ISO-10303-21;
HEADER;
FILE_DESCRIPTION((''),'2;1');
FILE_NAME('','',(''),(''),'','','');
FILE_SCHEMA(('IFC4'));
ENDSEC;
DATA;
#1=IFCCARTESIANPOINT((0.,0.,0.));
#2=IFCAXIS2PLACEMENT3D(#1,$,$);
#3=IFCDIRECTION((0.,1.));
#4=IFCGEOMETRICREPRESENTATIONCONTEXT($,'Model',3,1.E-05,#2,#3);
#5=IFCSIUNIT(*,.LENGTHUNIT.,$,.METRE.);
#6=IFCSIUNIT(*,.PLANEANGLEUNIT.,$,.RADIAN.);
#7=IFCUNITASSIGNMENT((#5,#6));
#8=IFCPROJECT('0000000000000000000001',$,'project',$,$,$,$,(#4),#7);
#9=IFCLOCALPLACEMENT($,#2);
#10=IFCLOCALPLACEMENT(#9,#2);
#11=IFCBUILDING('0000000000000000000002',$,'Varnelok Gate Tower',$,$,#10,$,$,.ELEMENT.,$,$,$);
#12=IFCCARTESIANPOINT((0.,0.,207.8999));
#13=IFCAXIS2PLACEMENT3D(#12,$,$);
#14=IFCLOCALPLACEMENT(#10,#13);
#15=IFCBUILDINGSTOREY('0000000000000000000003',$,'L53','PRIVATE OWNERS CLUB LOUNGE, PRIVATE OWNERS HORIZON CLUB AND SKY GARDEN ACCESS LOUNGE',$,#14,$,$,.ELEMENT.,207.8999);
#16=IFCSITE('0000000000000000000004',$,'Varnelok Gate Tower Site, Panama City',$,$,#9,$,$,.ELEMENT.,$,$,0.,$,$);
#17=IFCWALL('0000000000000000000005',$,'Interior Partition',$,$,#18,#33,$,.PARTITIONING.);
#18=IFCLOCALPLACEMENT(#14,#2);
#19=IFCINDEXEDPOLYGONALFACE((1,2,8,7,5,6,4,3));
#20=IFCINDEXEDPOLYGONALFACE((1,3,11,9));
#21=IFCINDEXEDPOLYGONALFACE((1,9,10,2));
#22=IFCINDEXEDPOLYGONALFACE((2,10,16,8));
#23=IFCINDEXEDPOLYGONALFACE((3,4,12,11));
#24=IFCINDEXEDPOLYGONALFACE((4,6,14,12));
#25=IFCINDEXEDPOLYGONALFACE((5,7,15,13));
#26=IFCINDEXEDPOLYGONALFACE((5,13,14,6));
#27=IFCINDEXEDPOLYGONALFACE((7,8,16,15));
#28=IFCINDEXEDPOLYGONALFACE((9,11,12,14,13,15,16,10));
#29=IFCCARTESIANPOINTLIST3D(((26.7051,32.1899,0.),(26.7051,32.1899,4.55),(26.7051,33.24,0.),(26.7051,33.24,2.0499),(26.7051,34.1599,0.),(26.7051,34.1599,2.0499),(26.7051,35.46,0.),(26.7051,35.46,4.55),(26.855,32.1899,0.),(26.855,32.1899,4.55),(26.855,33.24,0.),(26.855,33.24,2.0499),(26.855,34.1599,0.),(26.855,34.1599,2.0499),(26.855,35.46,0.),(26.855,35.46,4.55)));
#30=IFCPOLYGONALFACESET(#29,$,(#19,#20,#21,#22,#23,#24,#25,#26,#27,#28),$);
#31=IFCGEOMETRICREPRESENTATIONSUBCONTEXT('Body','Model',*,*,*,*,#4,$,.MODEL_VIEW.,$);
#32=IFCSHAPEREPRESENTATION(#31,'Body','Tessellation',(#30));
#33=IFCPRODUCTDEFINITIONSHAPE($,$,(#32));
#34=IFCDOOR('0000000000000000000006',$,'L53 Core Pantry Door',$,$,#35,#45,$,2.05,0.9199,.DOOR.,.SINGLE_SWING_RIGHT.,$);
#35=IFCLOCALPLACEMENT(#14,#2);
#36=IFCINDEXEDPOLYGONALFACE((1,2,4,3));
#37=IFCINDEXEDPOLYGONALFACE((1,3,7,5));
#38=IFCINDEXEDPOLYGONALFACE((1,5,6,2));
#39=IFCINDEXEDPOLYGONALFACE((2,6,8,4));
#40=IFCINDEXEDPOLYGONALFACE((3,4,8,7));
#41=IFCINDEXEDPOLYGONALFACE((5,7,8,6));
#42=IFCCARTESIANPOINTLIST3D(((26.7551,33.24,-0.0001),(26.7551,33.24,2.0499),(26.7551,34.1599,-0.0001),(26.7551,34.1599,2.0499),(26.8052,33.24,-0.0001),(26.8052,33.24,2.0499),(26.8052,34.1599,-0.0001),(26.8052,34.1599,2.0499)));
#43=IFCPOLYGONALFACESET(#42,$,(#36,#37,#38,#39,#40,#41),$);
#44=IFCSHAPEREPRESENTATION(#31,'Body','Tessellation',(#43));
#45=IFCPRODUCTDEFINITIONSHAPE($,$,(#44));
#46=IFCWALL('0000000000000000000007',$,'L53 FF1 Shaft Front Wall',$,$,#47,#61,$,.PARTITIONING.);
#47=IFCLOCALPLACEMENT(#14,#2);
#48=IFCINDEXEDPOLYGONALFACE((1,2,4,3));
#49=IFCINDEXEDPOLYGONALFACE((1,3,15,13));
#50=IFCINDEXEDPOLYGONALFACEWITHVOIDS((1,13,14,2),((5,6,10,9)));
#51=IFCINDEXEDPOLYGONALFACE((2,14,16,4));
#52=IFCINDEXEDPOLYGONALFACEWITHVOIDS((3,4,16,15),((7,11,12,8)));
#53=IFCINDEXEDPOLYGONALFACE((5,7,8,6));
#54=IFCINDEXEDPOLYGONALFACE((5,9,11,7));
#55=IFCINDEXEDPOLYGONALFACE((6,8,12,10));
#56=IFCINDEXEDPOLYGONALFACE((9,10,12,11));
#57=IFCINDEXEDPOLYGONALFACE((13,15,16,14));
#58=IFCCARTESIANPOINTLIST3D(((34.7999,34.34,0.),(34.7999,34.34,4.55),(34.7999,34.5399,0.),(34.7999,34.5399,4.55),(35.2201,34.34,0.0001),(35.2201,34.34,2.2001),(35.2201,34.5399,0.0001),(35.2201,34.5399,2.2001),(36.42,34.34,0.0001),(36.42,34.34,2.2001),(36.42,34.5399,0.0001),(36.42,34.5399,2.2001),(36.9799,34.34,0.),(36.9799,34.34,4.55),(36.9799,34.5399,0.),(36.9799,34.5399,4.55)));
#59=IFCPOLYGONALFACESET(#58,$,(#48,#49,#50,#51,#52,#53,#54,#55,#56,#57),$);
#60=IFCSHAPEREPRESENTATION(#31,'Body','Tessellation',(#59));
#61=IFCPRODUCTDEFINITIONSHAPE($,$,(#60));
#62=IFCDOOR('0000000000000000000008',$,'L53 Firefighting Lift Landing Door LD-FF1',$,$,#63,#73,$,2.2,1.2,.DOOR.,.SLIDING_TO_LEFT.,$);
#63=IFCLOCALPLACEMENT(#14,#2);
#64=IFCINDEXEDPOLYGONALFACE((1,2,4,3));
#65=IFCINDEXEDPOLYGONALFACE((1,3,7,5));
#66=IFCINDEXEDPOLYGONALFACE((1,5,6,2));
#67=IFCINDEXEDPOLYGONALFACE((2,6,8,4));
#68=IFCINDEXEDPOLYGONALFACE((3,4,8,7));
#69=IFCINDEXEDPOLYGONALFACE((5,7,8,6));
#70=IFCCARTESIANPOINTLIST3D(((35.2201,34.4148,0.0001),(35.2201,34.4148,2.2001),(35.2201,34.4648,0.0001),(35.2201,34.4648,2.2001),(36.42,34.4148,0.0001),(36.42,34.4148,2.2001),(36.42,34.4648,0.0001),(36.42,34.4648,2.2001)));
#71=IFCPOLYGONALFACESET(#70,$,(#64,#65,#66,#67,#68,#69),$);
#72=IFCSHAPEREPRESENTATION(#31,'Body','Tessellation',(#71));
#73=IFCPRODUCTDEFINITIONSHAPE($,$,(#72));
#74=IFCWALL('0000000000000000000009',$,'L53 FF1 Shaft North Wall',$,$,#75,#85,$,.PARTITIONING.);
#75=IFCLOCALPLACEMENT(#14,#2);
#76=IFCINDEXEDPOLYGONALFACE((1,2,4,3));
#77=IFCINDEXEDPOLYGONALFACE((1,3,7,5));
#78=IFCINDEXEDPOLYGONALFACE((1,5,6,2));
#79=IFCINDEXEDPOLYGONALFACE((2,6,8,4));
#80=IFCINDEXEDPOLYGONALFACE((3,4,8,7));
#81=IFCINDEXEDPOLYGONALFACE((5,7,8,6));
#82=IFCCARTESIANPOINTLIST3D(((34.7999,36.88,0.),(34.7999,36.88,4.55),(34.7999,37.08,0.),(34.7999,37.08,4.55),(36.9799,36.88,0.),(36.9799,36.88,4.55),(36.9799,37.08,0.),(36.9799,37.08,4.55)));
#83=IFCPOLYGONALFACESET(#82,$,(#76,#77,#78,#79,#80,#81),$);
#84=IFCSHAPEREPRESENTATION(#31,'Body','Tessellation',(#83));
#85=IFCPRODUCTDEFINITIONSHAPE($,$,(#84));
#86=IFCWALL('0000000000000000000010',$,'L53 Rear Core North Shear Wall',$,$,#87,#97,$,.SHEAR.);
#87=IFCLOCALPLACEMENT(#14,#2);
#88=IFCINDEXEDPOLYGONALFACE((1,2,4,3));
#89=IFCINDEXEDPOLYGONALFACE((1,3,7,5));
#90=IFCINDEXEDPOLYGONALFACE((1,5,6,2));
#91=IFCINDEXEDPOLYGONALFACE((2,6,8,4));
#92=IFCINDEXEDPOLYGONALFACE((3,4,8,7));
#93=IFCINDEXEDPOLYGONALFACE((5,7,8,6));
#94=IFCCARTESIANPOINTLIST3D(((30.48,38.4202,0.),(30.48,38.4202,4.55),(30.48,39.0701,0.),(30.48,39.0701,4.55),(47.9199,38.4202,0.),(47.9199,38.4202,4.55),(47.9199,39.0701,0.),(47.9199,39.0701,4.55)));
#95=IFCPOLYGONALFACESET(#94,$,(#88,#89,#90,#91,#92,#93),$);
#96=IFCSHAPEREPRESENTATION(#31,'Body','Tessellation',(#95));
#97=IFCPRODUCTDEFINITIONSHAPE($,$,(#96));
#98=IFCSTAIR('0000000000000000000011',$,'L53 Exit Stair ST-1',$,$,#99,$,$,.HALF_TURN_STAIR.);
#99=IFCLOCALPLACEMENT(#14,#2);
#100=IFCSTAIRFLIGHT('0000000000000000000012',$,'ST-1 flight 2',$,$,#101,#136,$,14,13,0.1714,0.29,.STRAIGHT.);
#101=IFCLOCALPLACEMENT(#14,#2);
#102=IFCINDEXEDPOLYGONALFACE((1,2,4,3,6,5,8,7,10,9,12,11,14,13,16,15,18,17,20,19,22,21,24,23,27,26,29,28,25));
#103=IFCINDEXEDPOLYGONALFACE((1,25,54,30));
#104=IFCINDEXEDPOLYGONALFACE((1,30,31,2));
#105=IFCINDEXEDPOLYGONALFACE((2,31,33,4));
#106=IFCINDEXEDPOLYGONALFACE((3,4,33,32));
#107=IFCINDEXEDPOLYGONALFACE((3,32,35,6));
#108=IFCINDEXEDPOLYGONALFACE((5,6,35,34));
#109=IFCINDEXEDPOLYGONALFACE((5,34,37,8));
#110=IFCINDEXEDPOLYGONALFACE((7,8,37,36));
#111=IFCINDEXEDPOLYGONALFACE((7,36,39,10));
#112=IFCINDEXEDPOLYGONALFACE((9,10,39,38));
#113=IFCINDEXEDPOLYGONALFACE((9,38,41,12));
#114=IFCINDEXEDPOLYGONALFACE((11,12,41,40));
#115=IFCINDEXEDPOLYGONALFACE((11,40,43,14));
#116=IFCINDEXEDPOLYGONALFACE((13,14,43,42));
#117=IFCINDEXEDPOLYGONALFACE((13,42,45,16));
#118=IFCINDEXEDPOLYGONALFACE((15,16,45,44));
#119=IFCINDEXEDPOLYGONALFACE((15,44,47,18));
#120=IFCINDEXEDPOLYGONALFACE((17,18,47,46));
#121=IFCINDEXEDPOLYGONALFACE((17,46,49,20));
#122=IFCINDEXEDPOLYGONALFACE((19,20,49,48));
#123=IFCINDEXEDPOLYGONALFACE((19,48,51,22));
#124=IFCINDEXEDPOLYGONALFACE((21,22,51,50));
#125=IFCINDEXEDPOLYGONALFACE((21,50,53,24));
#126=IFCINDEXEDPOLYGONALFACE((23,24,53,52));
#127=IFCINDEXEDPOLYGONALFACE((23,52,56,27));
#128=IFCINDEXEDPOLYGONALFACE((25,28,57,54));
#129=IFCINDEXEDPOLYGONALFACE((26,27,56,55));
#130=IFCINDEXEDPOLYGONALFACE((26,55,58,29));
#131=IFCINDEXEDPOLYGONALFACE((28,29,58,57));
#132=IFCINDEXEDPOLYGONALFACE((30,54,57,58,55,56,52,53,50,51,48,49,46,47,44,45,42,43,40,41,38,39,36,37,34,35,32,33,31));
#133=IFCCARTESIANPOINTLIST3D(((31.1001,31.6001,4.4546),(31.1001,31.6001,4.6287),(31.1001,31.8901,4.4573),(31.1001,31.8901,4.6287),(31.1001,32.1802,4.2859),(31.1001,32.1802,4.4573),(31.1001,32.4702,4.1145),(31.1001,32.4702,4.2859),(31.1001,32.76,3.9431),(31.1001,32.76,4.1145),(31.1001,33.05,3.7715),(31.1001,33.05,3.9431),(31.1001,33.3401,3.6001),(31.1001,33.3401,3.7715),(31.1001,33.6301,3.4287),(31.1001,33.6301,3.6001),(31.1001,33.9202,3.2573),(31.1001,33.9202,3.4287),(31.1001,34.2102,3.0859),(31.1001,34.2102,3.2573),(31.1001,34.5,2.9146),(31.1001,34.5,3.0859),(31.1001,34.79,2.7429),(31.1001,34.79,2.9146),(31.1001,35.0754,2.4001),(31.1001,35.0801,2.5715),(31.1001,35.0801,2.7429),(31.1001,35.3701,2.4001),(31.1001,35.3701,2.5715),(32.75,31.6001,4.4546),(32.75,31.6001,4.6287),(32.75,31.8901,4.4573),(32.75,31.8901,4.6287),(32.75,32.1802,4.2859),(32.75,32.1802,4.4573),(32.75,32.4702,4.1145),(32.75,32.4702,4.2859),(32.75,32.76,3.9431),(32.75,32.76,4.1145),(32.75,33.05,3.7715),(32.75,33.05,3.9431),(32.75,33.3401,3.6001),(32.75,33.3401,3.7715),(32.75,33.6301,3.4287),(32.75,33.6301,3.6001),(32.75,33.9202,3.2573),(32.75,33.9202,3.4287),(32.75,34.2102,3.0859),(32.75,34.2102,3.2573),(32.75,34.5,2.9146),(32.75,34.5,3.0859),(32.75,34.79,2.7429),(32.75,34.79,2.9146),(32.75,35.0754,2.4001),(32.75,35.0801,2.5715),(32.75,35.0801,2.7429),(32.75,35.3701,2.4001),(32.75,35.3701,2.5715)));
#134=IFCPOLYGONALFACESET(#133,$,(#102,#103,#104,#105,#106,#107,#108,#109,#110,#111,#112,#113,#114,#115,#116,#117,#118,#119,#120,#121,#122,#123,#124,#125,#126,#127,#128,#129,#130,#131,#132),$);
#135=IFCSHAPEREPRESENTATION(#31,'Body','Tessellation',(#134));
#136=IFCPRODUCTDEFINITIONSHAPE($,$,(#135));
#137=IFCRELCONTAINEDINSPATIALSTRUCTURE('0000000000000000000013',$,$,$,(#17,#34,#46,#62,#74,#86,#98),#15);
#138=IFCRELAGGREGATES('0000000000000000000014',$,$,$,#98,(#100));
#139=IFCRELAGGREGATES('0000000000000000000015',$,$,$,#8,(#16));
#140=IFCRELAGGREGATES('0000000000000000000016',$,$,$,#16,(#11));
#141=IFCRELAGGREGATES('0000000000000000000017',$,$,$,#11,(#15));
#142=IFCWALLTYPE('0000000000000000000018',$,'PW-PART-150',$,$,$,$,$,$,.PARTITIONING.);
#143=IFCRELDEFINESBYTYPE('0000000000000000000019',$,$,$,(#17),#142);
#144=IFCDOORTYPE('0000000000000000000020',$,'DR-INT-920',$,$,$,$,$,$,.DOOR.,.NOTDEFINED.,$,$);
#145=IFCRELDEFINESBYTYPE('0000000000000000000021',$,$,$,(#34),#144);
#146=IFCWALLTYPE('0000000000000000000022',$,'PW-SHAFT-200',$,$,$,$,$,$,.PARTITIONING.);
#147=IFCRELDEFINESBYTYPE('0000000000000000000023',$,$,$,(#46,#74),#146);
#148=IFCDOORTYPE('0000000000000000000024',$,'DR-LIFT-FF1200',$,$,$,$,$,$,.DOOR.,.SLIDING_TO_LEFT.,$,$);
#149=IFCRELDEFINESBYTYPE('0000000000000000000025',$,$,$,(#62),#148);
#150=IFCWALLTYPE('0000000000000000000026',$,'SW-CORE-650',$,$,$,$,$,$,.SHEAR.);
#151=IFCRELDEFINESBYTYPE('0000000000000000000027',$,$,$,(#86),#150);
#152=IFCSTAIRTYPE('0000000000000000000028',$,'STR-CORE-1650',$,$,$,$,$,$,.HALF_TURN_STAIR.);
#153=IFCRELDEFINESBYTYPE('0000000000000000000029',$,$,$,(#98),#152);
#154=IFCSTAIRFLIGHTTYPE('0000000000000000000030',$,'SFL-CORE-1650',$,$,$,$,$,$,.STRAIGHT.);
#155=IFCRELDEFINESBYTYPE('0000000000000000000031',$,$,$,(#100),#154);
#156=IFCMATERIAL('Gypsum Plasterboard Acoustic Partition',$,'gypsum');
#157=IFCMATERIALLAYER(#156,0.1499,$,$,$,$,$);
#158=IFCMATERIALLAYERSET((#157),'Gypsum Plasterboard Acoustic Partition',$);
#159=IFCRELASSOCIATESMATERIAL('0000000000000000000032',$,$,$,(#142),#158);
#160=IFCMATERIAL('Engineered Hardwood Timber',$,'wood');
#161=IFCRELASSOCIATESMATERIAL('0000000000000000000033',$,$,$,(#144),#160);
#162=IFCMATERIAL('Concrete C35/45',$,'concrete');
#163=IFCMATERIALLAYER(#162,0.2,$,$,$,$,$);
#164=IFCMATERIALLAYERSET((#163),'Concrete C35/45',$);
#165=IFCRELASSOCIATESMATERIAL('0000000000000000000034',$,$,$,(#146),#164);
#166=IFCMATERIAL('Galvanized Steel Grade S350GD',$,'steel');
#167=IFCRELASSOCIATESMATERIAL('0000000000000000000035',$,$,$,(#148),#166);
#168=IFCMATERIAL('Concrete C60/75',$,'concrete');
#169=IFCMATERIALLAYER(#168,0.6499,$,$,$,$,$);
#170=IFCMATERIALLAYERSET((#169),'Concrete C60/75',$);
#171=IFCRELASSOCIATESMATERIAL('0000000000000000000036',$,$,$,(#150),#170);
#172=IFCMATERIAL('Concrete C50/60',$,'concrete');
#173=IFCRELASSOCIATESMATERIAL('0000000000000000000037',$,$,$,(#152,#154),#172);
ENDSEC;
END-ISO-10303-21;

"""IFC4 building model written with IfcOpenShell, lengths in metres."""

from ifc_helpers import new_model, si_unit, direction, frame, frame_2d, origin, place, context, subcontext, project, spatial, polyline, rectangle, outline, extrude, material, layer, layer_set, type_object, element, fill, aggregate, save


model = new_model("IFC4")

# Units and contexts
model_context = context("Model", 3, precision=1e-05, world=origin(), true_north=direction((0.0, 1.0)))
body_context = subcontext(model_context, "Body", "Model", "MODEL_VIEW")
ifc_project = project(units=[si_unit("LENGTHUNIT", "METRE"), si_unit("PLANEANGLEUNIT", "RADIAN")], contexts=[model_context])

# Site, building, storey
site_placement = place(None, origin())
site = spatial("IfcSite", under=ifc_project, at=site_placement, Name="Varnelok Gate Tower Site, Panama City", CompositionType="ELEMENT", RefElevation=0.0)
building_placement = place(site_placement, origin())
building = spatial("IfcBuilding", under=site, at=building_placement, Name="Varnelok Gate Tower", CompositionType="ELEMENT")
storey_placement = place(building_placement, frame((0.0, 0.0, 207.8999)))
storey = spatial("IfcBuildingStorey", under=building, at=storey_placement, Name="L53", Description="PRIVATE OWNERS CLUB LOUNGE, PRIVATE OWNERS HORIZON CLUB AND SKY GARDEN ACCESS LOUNGE", CompositionType="ELEMENT", Elevation=207.8999)

# Shared definitions
ifc_material_1 = material(Name="Concrete C60/75", Category="concrete")

# Shared definitions
ifc_material_2 = material(Name="Gypsum Plasterboard Acoustic Partition", Category="gypsum")
ifc_layer_1 = layer(ifc_material_2, 0.1499)
ifc_layer_set_1 = layer_set([ifc_layer_1], Name="Gypsum Plasterboard Acoustic Partition")
wall_type_1 = type_object("IfcWallType", Name="PW-PART-150", PredefinedType="PARTITIONING", material=ifc_layer_set_1)

# Walls, openings, doors
wall_1_placement = place(storey_placement, frame((26.78, 32.1899, 0.0), z_axis=(0.0, 0.0, 1.0), x_axis=(0.0, 1.0, 0.0)))
wall_1 = element("IfcWall", 1, at=wall_1_placement, inside=storey, type_object=wall_type_1, Name="Interior Partition", PredefinedType="PARTITIONING", context=body_context, shape_type="SweptSolid", body=[
    extrude(rectangle(XDim=3.27, YDim=0.1499, at=frame_2d((1.635, 0.0))), origin(), (0.0, 0.0, 1.0), 4.55),
])
opening_1_placement = place(wall_1_placement, frame((1.05, 0.0, 0.0)))
opening_1 = element("IfcOpeningElement", 2, at=opening_1_placement, cuts=wall_1, PredefinedType="OPENING", context=body_context, shape_type="SweptSolid", body=[
    extrude(rectangle(XDim=0.9199, YDim=2.05, at=frame_2d((0.46, 1.0249))), frame((0.0, 0.085, 0.0), z_axis=(0.0, -1.0, 0.0), x_axis=(1.0, 0.0, 0.0)), (0.0, 0.0, 1.0), 0.1699),
])
ifc_material_3 = material(Name="Engineered Hardwood Timber", Category="wood")
door_type_1 = type_object("IfcDoorType", Name="DR-INT-920", OperationType="NOTDEFINED", PredefinedType="DOOR", material=ifc_material_3)
door_1_placement = place(opening_1_placement, origin())
door_1 = element("IfcDoor", 3, at=door_1_placement, inside=storey, type_object=door_type_1, Name="L53 Core Pantry Door", OperationType="SINGLE_SWING_RIGHT", OverallHeight=2.05, OverallWidth=0.9199, PredefinedType="DOOR", context=body_context, shape_type="SweptSolid", body=[
    extrude(rectangle(XDim=0.9199, YDim=2.05, at=frame_2d((0.46, 1.0249))), frame((0.0, 0.0249, 0.0), z_axis=(0.0, -1.0, 0.0), x_axis=(1.0, 0.0, 0.0)), (0.0, 0.0, 1.0), 0.05),
])
fill(opening_1, door_1)
ifc_material_4 = material(Name="Concrete C35/45", Category="concrete")
ifc_layer_2 = layer(ifc_material_4, 0.2)
ifc_layer_set_2 = layer_set([ifc_layer_2], Name="Concrete C35/45")
wall_type_2 = type_object("IfcWallType", Name="PW-SHAFT-200", PredefinedType="PARTITIONING", material=ifc_layer_set_2)
wall_2_placement = place(storey_placement, frame((34.8, 34.4399, 0.0), z_axis=(0.0, 0.0, 1.0), x_axis=(1.0, 0.0, 0.0)))
wall_2 = element("IfcWall", 4, at=wall_2_placement, inside=storey, type_object=wall_type_2, Name="L53 FF1 Shaft Front Wall", PredefinedType="PARTITIONING", context=body_context, shape_type="SweptSolid", body=[
    extrude(rectangle(XDim=2.1799, YDim=0.2, at=frame_2d((1.0898, 0.0))), origin(), (0.0, 0.0, 1.0), 4.55),
])
opening_2_placement = place(wall_2_placement, frame((0.4199, 0.0, 0.0)))
opening_2 = element("IfcOpeningElement", 5, at=opening_2_placement, cuts=wall_2, PredefinedType="OPENING", context=body_context, shape_type="SweptSolid", body=[
    extrude(rectangle(XDim=1.2, YDim=2.2, at=frame_2d((0.6001, 1.1001))), frame((0.0, 0.1099, 0.0), z_axis=(0.0, -1.0, 0.0), x_axis=(1.0, 0.0, 0.0)), (0.0, 0.0, 1.0), 0.22),
])
ifc_material_5 = material(Name="Galvanized Steel Grade S350GD", Category="steel")
door_type_2 = type_object("IfcDoorType", Name="DR-LIFT-FF1200", OperationType="SLIDING_TO_LEFT", PredefinedType="DOOR", material=ifc_material_5)
door_2_placement = place(opening_2_placement, origin())
door_2 = element("IfcDoor", 6, at=door_2_placement, inside=storey, type_object=door_type_2, Name="L53 Firefighting Lift Landing Door LD-FF1", OperationType="SLIDING_TO_LEFT", OverallHeight=2.2, OverallWidth=1.2, PredefinedType="DOOR", context=body_context, shape_type="SweptSolid", body=[
    extrude(rectangle(XDim=1.2, YDim=2.2, at=frame_2d((0.6001, 1.1001))), frame((0.0, 0.0249, 0.0), z_axis=(0.0, -1.0, 0.0), x_axis=(1.0, 0.0, 0.0)), (0.0, 0.0, 1.0), 0.05),
])
fill(opening_2, door_2)

# Walls
wall_3_placement = place(storey_placement, frame((34.8, 36.98, 0.0), z_axis=(0.0, 0.0, 1.0), x_axis=(1.0, 0.0, 0.0)))
element("IfcWall", 7, at=wall_3_placement, inside=storey, type_object=wall_type_2, Name="L53 FF1 Shaft North Wall", PredefinedType="PARTITIONING", context=body_context, shape_type="SweptSolid", body=[
    extrude(rectangle(XDim=2.1799, YDim=0.2, at=frame_2d((1.0898, 0.0))), origin(), (0.0, 0.0, 1.0), 4.55),
])
ifc_layer_3 = layer(ifc_material_1, 0.6499)
ifc_layer_set_3 = layer_set([ifc_layer_3], Name="Concrete C60/75")
wall_type_3 = type_object("IfcWallType", Name="SW-CORE-650", PredefinedType="SHEAR", material=ifc_layer_set_3)
wall_4_placement = place(storey_placement, frame((30.48, 38.7451, 0.0), z_axis=(0.0, 0.0, 1.0), x_axis=(1.0, 0.0, 0.0)))
element("IfcWall", 8, at=wall_4_placement, inside=storey, type_object=wall_type_3, Name="L53 Rear Core North Shear Wall", PredefinedType="SHEAR", context=body_context, shape_type="SweptSolid", body=[
    extrude(rectangle(XDim=17.4399, YDim=0.6499, at=frame_2d((8.72, 0.0))), origin(), (0.0, 0.0, 1.0), 4.55),
])

# Stair, stair flight
ifc_material_6 = material(Name="Concrete C50/60", Category="concrete")
stair_type = type_object("IfcStairType", Name="STR-CORE-1650", PredefinedType="HALF_TURN_STAIR", material=ifc_material_6)
stair_placement = place(storey_placement, origin())
stair = element("IfcStair", 9, at=stair_placement, inside=storey, type_object=stair_type, Name="L53 Exit Stair ST-1", PredefinedType="HALF_TURN_STAIR")
stair_flight_type = type_object("IfcStairFlightType", Name="SFL-CORE-1650", PredefinedType="STRAIGHT", material=ifc_material_6)
stair_flight_placement = place(storey_placement, frame((31.925, 35.3701, 2.4001), z_axis=(0.0, 0.0, 1.0), x_axis=(0.0, -1.0, 0.0)))
stair_flight = element("IfcStairFlight", 10, at=stair_flight_placement, type_object=stair_flight_type, Name="ST-1 flight 2", NumberOfRisers=14, NumberOfTreads=13, PredefinedType="STRAIGHT", RiserHeight=0.1714, TreadLength=0.29, context=body_context, shape_type="SweptSolid", body=[
    extrude(outline(polyline([(0.0, 0.0), (0.0, 0.1714), (0.29, 0.1714), (0.29, 0.3428), (0.5801, 0.3428), (0.5801, 0.5144), (0.8701, 0.5144), (0.8701, 0.6858), (1.1599, 0.6858), (1.1599, 0.8572), (1.45, 0.8572), (1.45, 1.0286), (1.74, 1.0286), (1.74, 1.2), (2.03, 1.2), (2.03, 1.3713), (2.3201, 1.3713), (2.3201, 1.543), (2.6101, 1.543), (2.6101, 1.7144), (2.8999, 1.7144), (2.8999, 1.8857), (3.1899, 1.8857), (3.1899, 2.0571), (3.48, 2.0571), (3.48, 2.2285), (3.77, 2.2285), (3.77, 2.3999), (3.77, 2.0544), (0.2947, 0.0), (0.0, 0.0)])), frame((0.0, 0.825, 0.0), z_axis=(0.0, -1.0, 0.0), x_axis=(1.0, 0.0, 0.0)), (0.0, 0.0, 1.0), 1.6499),
])
aggregate(stair, [stair_flight])

save(model, "model.ifc")
